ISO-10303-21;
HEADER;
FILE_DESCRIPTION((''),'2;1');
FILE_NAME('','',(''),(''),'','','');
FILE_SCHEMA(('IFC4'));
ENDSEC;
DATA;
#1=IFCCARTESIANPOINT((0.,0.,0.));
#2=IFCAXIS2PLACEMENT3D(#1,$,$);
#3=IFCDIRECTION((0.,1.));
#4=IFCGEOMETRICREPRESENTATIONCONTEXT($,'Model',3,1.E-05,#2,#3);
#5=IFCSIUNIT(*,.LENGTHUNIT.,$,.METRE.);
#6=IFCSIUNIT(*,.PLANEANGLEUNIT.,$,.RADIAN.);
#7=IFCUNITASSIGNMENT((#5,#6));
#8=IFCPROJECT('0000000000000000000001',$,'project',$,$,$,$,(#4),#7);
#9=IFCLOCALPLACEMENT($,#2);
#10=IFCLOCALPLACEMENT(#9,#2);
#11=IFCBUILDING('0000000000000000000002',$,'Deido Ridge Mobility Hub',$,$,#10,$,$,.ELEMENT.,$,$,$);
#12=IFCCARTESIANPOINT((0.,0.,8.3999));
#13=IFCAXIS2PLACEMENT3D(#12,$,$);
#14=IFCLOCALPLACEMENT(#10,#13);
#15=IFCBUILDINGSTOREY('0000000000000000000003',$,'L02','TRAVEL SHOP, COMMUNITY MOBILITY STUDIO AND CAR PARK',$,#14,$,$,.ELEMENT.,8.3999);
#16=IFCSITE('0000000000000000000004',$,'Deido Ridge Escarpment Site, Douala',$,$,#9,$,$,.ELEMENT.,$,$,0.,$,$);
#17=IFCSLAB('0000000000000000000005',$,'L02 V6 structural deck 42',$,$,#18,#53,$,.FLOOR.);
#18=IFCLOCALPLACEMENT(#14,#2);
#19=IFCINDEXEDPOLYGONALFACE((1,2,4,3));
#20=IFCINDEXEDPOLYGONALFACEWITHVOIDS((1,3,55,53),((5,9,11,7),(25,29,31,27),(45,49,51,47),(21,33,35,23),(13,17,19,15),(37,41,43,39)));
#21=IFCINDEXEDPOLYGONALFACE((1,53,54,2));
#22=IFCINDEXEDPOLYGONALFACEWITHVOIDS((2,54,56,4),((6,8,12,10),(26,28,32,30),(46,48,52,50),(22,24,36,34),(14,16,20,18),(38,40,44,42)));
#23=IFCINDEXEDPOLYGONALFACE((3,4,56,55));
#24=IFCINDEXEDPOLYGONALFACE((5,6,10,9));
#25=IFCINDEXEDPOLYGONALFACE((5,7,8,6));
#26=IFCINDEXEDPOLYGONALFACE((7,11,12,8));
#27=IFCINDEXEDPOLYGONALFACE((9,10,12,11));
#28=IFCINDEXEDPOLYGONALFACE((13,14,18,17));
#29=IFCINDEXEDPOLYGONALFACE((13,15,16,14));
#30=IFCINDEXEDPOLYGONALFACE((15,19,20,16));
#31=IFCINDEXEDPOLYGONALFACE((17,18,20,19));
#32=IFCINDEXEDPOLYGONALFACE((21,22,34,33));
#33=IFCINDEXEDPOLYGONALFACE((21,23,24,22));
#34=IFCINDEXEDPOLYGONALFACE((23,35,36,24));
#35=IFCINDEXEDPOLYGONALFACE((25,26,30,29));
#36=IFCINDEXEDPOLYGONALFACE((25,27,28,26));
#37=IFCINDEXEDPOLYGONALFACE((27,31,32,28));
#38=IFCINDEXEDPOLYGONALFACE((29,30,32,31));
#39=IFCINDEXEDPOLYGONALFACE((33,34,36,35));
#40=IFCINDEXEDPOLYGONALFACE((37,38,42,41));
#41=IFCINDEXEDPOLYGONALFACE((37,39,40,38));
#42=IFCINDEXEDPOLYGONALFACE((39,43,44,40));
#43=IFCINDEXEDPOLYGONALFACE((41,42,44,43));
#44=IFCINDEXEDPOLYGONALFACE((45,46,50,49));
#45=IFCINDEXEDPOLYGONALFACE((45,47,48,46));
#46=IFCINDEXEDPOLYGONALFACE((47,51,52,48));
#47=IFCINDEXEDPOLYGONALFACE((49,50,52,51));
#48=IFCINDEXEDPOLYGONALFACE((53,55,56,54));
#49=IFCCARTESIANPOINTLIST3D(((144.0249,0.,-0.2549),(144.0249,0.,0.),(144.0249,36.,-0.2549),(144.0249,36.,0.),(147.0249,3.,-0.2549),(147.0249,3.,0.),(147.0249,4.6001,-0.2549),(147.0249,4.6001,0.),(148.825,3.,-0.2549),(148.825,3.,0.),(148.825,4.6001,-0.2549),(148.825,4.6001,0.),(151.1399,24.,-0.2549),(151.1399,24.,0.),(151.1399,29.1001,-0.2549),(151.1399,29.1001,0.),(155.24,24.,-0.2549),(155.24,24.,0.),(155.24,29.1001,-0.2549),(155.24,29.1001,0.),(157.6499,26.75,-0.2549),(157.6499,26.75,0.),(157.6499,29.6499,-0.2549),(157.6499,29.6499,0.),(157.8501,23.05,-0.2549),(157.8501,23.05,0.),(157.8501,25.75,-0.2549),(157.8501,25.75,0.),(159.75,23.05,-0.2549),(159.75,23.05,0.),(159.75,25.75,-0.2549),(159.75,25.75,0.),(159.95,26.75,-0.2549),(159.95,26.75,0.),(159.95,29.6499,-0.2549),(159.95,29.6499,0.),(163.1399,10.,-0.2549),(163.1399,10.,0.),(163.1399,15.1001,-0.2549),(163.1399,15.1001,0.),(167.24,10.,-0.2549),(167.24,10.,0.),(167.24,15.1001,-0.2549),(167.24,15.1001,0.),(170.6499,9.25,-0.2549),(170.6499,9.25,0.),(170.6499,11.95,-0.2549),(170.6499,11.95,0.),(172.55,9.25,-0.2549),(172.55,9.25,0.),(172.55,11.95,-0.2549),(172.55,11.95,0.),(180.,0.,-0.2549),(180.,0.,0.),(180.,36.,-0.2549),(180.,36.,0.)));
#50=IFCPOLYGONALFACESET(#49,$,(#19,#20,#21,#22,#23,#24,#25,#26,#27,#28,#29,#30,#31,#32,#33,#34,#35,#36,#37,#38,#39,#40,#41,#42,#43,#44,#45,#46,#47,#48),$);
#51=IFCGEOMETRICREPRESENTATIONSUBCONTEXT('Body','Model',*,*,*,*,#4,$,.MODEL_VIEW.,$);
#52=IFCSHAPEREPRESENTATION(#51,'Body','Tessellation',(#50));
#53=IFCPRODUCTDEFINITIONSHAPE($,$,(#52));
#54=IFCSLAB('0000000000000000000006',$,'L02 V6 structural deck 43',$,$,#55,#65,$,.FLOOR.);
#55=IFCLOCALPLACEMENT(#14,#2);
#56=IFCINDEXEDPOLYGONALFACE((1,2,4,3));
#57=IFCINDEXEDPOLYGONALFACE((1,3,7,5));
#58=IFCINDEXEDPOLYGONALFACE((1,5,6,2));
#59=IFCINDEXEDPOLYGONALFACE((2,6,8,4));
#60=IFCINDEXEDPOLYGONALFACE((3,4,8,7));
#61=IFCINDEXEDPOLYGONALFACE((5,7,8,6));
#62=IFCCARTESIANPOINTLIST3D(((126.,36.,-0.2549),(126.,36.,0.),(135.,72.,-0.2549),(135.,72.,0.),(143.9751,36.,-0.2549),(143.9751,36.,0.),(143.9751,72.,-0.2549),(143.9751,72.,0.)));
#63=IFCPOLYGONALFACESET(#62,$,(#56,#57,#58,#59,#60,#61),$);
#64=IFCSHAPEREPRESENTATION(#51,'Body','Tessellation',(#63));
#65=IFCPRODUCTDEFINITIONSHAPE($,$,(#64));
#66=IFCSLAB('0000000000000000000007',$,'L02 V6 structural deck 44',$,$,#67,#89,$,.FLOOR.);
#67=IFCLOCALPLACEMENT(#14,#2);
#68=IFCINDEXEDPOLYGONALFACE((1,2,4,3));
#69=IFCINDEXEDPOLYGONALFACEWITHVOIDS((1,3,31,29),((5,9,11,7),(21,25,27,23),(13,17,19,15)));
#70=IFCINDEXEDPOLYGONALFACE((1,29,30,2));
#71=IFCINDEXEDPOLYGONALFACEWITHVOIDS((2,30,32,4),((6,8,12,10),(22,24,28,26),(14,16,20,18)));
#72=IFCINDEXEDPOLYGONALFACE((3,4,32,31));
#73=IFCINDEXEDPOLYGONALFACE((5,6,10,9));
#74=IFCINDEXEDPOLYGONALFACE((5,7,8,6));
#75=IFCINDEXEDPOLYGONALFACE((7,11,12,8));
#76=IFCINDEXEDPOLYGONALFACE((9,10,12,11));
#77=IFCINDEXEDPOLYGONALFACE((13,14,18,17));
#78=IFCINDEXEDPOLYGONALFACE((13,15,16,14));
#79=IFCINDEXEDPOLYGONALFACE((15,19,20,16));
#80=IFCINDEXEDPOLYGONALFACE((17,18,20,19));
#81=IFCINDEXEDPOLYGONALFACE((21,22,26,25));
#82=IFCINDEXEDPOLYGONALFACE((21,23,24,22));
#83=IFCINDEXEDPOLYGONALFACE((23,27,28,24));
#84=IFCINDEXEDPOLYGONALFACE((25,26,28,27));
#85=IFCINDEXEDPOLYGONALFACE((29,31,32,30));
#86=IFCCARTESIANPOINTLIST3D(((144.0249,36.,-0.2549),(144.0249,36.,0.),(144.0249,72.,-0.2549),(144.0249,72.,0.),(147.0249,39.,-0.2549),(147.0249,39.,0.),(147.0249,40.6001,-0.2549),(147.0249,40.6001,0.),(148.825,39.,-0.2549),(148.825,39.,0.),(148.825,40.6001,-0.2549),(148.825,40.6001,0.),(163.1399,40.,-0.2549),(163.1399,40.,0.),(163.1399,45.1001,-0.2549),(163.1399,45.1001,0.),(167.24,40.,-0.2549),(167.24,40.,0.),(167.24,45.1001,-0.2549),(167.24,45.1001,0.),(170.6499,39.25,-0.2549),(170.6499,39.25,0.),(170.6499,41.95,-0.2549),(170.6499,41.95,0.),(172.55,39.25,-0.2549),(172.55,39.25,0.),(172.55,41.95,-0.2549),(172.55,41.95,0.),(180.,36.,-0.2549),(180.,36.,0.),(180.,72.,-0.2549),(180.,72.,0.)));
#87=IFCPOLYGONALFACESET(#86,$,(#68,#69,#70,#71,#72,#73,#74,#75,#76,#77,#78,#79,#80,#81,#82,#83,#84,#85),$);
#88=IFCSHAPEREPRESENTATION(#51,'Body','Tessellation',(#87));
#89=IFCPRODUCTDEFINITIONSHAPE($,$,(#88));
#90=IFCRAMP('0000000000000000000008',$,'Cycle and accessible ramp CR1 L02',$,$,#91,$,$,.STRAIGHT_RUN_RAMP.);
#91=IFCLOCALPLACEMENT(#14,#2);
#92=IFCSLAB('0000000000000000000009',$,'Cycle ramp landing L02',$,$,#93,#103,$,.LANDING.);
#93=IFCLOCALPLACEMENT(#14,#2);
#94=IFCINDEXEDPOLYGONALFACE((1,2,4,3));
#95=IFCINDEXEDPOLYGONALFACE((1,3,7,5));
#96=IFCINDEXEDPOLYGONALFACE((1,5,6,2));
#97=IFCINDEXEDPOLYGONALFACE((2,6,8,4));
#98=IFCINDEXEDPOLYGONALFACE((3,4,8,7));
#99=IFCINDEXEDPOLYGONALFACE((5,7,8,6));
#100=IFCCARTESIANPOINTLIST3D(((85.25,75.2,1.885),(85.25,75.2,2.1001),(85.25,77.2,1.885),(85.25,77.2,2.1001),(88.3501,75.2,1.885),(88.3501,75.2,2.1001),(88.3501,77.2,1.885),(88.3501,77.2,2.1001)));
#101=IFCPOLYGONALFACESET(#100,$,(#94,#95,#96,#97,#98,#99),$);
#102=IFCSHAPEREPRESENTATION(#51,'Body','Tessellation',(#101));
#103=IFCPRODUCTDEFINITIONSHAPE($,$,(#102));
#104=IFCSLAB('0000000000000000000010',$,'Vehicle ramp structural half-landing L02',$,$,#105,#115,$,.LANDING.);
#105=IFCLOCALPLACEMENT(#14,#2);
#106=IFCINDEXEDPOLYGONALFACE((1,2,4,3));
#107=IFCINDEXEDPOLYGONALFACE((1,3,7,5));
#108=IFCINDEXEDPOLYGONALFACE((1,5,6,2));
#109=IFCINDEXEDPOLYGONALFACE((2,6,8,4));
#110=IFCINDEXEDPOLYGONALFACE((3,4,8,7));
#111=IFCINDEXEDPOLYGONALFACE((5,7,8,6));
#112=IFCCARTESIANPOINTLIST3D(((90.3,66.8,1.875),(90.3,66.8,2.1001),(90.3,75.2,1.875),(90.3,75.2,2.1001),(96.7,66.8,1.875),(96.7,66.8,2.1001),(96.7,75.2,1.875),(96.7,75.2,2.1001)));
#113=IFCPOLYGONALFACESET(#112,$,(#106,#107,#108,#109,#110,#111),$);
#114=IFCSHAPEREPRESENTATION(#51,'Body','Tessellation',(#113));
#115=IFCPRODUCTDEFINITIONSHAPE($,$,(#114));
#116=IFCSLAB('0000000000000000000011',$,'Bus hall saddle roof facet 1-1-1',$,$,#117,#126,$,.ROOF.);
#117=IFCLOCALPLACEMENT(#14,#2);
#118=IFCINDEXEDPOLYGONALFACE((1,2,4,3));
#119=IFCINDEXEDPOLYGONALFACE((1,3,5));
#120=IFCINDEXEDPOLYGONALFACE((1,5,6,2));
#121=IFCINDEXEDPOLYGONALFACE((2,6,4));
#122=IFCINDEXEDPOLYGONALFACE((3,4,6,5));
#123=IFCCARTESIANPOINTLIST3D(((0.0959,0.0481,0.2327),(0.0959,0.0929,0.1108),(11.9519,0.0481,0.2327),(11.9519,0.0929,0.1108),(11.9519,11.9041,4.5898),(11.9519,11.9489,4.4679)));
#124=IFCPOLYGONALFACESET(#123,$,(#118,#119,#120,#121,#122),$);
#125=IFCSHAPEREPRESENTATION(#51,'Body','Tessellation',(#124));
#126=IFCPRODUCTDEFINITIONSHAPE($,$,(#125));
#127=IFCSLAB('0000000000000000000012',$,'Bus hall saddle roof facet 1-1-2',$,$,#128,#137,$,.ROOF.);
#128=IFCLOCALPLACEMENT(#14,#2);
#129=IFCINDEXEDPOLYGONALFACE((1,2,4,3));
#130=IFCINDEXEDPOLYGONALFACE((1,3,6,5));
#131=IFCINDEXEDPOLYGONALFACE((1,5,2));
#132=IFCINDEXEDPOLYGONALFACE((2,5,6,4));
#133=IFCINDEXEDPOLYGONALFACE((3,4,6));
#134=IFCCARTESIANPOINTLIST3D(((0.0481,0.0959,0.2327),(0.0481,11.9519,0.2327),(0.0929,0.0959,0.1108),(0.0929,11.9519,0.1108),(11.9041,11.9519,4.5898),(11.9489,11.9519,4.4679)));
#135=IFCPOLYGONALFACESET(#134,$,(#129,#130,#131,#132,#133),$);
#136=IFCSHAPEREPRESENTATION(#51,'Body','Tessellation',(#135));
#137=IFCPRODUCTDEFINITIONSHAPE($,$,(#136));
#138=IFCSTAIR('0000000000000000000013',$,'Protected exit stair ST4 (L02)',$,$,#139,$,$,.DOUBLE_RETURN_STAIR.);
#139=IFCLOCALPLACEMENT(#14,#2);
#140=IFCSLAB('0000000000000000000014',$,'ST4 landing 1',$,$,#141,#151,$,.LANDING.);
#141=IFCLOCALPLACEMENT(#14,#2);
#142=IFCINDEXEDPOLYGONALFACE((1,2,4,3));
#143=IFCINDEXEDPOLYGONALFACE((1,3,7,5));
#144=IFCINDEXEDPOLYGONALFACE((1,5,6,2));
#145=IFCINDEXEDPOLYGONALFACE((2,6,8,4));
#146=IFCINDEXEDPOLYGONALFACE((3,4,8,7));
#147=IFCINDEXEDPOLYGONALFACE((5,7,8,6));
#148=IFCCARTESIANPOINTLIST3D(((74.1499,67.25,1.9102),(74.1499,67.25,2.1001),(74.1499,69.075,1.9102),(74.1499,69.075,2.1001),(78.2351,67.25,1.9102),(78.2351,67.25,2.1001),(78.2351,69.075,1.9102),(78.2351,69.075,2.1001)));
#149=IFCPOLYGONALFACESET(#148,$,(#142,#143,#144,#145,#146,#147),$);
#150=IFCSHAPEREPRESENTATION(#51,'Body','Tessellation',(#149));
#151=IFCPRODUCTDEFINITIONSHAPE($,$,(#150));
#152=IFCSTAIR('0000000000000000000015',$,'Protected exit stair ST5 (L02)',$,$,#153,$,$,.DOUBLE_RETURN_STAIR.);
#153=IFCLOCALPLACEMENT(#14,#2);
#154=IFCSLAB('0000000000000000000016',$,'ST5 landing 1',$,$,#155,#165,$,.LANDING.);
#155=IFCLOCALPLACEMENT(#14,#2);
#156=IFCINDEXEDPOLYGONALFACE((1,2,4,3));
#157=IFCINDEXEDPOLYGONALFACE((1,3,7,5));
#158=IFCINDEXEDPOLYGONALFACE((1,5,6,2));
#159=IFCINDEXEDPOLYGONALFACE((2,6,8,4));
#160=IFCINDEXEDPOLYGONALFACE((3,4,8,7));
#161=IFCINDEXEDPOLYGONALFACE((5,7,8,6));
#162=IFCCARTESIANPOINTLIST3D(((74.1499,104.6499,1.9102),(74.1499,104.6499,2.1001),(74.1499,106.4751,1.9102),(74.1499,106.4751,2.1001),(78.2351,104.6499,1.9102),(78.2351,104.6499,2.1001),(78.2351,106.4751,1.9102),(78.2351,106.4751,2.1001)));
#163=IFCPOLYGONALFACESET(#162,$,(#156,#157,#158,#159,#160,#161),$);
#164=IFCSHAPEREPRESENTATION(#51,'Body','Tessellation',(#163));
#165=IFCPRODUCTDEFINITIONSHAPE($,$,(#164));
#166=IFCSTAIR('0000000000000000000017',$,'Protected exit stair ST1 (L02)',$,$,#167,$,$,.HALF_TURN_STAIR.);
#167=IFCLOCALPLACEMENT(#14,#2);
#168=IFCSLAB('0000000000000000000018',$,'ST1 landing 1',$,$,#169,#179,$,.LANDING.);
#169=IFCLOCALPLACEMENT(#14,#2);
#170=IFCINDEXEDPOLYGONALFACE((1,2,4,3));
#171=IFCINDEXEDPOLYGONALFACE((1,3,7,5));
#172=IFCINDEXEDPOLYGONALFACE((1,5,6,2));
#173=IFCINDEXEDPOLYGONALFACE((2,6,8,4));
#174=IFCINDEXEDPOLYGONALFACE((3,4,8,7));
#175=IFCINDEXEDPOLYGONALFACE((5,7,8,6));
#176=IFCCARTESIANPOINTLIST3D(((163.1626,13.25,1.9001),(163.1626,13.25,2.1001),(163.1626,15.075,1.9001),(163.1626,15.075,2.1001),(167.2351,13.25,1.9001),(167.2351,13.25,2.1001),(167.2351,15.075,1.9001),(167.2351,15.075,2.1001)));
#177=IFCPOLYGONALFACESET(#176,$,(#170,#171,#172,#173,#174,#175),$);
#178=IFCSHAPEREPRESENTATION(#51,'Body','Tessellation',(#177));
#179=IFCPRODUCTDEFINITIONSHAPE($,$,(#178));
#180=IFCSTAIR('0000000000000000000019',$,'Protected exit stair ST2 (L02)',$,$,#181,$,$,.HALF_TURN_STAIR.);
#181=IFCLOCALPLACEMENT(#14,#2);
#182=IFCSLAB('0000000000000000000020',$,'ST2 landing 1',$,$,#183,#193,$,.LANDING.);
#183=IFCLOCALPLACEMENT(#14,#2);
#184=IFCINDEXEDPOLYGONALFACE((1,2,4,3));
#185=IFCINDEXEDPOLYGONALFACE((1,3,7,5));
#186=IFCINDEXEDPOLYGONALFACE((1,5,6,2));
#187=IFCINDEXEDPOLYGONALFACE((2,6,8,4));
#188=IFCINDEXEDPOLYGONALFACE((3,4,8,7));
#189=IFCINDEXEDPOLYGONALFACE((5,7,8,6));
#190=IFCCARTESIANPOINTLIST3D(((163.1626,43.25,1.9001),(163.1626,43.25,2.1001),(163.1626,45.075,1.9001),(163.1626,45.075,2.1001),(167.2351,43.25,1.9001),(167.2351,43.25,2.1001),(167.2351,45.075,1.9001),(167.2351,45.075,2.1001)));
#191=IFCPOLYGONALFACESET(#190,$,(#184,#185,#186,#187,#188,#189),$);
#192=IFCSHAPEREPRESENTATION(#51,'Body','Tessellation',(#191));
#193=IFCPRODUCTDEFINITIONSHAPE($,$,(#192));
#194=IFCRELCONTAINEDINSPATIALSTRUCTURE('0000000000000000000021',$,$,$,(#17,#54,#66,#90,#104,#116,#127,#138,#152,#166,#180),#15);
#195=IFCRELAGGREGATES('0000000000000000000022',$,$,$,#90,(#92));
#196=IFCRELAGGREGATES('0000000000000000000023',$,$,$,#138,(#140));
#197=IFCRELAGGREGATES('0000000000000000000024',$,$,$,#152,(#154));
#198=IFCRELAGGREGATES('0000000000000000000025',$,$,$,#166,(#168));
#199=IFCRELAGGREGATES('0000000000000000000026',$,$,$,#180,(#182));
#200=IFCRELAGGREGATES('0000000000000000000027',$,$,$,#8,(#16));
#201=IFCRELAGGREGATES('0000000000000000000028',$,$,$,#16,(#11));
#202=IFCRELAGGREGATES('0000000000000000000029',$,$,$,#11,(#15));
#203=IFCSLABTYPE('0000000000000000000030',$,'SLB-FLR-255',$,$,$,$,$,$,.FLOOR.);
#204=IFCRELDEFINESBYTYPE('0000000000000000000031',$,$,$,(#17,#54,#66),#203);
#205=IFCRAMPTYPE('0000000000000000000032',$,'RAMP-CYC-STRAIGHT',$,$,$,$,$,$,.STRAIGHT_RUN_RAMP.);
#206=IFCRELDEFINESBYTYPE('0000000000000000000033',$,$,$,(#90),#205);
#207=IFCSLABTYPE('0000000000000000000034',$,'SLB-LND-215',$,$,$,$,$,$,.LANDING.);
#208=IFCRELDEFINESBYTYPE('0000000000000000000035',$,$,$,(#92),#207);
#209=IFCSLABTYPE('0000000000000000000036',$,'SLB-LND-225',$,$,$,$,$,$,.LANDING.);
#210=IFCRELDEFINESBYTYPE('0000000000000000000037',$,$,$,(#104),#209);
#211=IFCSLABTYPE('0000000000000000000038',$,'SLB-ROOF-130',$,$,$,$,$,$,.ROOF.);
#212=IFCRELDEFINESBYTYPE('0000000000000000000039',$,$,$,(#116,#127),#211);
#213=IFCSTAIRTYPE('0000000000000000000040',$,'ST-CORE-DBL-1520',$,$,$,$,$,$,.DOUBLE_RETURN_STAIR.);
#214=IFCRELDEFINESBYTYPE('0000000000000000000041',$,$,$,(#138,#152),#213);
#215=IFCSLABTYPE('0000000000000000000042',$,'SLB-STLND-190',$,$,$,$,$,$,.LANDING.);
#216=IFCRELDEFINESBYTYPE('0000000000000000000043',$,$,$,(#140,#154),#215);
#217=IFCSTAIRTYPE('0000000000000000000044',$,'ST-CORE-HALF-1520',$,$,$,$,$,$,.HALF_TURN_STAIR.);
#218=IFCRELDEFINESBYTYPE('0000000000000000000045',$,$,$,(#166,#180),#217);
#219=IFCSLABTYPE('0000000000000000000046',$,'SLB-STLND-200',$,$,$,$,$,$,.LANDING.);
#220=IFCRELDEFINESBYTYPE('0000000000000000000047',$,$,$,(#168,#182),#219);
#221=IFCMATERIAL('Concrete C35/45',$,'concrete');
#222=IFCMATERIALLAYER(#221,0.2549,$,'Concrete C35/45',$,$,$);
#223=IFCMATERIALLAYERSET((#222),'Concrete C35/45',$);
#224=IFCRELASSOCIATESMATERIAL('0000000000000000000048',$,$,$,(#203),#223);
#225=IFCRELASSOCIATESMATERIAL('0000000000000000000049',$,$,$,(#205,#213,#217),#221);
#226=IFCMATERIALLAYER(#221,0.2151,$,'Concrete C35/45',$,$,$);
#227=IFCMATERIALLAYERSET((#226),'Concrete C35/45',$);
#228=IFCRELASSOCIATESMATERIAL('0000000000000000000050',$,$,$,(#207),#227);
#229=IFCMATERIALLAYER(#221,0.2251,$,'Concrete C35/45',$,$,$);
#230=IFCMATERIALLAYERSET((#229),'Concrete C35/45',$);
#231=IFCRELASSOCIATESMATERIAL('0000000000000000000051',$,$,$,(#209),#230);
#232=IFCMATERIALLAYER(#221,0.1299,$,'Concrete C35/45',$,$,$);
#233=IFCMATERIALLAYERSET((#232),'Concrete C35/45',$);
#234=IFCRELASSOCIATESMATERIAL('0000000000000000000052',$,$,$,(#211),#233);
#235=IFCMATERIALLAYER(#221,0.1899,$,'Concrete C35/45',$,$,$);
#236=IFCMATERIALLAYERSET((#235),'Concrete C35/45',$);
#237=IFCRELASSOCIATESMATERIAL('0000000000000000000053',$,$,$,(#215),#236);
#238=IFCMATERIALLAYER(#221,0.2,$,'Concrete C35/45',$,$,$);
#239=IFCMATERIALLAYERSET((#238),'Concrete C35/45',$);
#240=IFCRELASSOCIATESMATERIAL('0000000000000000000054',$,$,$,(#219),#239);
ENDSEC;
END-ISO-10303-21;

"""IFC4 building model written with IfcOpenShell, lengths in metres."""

from ifc_helpers import new_model, si_unit, direction, frame, origin, place, context, subcontext, project, spatial, polyline, outline, extrude, material, layer, layer_set, type_object, element, aggregate, save


model = new_model("IFC4")

# Units and contexts
model_context = context("Model", 3, precision=1e-05, world=origin(), true_north=direction((0.0, 1.0)))
body_context = subcontext(model_context, "Body", "Model", "MODEL_VIEW")
ifc_project = project(units=[si_unit("LENGTHUNIT", "METRE"), si_unit("PLANEANGLEUNIT", "RADIAN")], contexts=[model_context])

# Site, building, storey
site_placement = place(None, origin())
site = spatial("IfcSite", under=ifc_project, at=site_placement, Name="Deido Ridge Escarpment Site, Douala", CompositionType="ELEMENT", RefElevation=0.0)
building_placement = place(site_placement, origin())
building = spatial("IfcBuilding", under=site, at=building_placement, Name="Deido Ridge Mobility Hub", CompositionType="ELEMENT")
storey_placement = place(building_placement, frame((0.0, 0.0, 8.3999)))
storey = spatial("IfcBuildingStorey", under=building, at=storey_placement, Name="L02", Description="TRAVEL SHOP, COMMUNITY MOBILITY STUDIO AND CAR PARK", CompositionType="ELEMENT", Elevation=8.3999)

# Slabs
ifc_material_1 = material(Name="Concrete C35/45", Category="concrete")
ifc_layer_1 = layer(ifc_material_1, 0.2549, Name="Concrete C35/45")
ifc_layer_set_1 = layer_set([ifc_layer_1], Name="Concrete C35/45")
slab_type_1 = type_object("IfcSlabType", Name="SLB-FLR-255", PredefinedType="FLOOR", material=ifc_layer_set_1)
slab_1_placement = place(storey_placement, frame((0.0, 0.0, -0.2549)))
element("IfcSlab", 1, at=slab_1_placement, inside=storey, type_object=slab_type_1, Name="L02 V6 structural deck 42", PredefinedType="FLOOR", context=body_context, shape_type="SweptSolid", body=[
    extrude(outline(polyline([(180.0, 36.0), (180.0, 0.0), (144.0249, 0.0), (144.0249, 36.0), (180.0, 36.0)]), holes=[polyline([(147.0249, 3.0), (147.0249, 4.6001), (148.825, 4.6001), (148.825, 3.0), (147.0249, 3.0)]), polyline([(170.6499, 9.25), (170.6499, 11.95), (172.55, 11.95), (172.55, 9.25), (170.6499, 9.25)]), polyline([(163.1399, 15.1001), (167.24, 15.1001), (167.24, 10.0), (163.1399, 10.0), (163.1399, 15.1001)]), polyline([(157.8501, 25.75), (159.75, 25.75), (159.75, 23.05), (157.8501, 23.05), (157.8501, 25.75)]), polyline([(151.1399, 24.0), (151.1399, 29.1001), (155.24, 29.1001), (155.24, 24.0), (151.1399, 24.0)]), polyline([(157.6499, 26.75), (157.6499, 29.6499), (159.95, 29.6499), (159.95, 26.75), (157.6499, 26.75)])]), origin(), (0.0, 0.0, 1.0), 0.2549),
])
slab_2_placement = place(storey_placement, frame((0.0, 0.0, -0.2549)))
element("IfcSlab", 2, at=slab_2_placement, inside=storey, type_object=slab_type_1, Name="L02 V6 structural deck 43", PredefinedType="FLOOR", context=body_context, shape_type="SweptSolid", body=[
    extrude(outline(polyline([(143.9751, 72.0), (143.9751, 36.0), (126.0, 36.0), (135.0, 72.0), (143.9751, 72.0)])), origin(), (0.0, 0.0, 1.0), 0.2549),
])
slab_3_placement = place(storey_placement, frame((0.0, 0.0, -0.2549)))
element("IfcSlab", 3, at=slab_3_placement, inside=storey, type_object=slab_type_1, Name="L02 V6 structural deck 44", PredefinedType="FLOOR", context=body_context, shape_type="SweptSolid", body=[
    extrude(outline(polyline([(180.0, 72.0), (180.0, 36.0), (144.0249, 36.0), (144.0249, 72.0), (180.0, 72.0)]), holes=[polyline([(147.0249, 39.0), (147.0249, 40.6001), (148.825, 40.6001), (148.825, 39.0), (147.0249, 39.0)]), polyline([(170.6499, 39.25), (170.6499, 41.95), (172.55, 41.95), (172.55, 39.25), (170.6499, 39.25)]), polyline([(163.1399, 45.1001), (167.24, 45.1001), (167.24, 40.0), (163.1399, 40.0), (163.1399, 45.1001)])]), origin(), (0.0, 0.0, 1.0), 0.2549),
])

# Ramp, slab
ramp_type = type_object("IfcRampType", Name="RAMP-CYC-STRAIGHT", PredefinedType="STRAIGHT_RUN_RAMP", material=ifc_material_1)
ramp_placement = place(storey_placement, origin())
ramp = element("IfcRamp", 4, at=ramp_placement, inside=storey, type_object=ramp_type, Name="Cycle and accessible ramp CR1 L02", PredefinedType="STRAIGHT_RUN_RAMP")
ifc_layer_2 = layer(ifc_material_1, 0.2151, Name="Concrete C35/45")
ifc_layer_set_2 = layer_set([ifc_layer_2], Name="Concrete C35/45")
slab_type_2 = type_object("IfcSlabType", Name="SLB-LND-215", PredefinedType="LANDING", material=ifc_layer_set_2)
slab_4_placement = place(storey_placement, frame((0.0, 0.0, 1.885)))
slab_4 = element("IfcSlab", 5, at=slab_4_placement, type_object=slab_type_2, Name="Cycle ramp landing L02", PredefinedType="LANDING", context=body_context, shape_type="SweptSolid", body=[
    extrude(outline(polyline([(85.25, 75.2), (88.3501, 75.2), (88.3501, 77.2), (85.25, 77.2), (85.25, 75.2)])), origin(), (0.0, 0.0, 1.0), 0.2151),
])
aggregate(ramp, [slab_4])

# Slabs
ifc_layer_3 = layer(ifc_material_1, 0.2251, Name="Concrete C35/45")
ifc_layer_set_3 = layer_set([ifc_layer_3], Name="Concrete C35/45")
slab_type_3 = type_object("IfcSlabType", Name="SLB-LND-225", PredefinedType="LANDING", material=ifc_layer_set_3)
slab_5_placement = place(storey_placement, frame((0.0, 0.0, 1.875)))
element("IfcSlab", 6, at=slab_5_placement, inside=storey, type_object=slab_type_3, Name="Vehicle ramp structural half-landing L02", PredefinedType="LANDING", context=body_context, shape_type="SweptSolid", body=[
    extrude(outline(polyline([(90.3, 66.8), (96.7, 66.8), (96.7, 75.2), (90.3, 75.2), (90.3, 66.8)])), origin(), (0.0, 0.0, 1.0), 0.2251),
])
ifc_layer_4 = layer(ifc_material_1, 0.1299, Name="Concrete C35/45")
ifc_layer_set_4 = layer_set([ifc_layer_4], Name="Concrete C35/45")
slab_type_4 = type_object("IfcSlabType", Name="SLB-ROOF-130", PredefinedType="ROOF", material=ifc_layer_set_4)
slab_6_placement = place(storey_placement, frame((0.0959, 0.0481, 0.2327), z_axis=(0.0, -0.344952, 0.93862), x_axis=(1.0, 0.0, 0.0)))
element("IfcSlab", 7, at=slab_6_placement, inside=storey, type_object=slab_type_4, Name="Bus hall saddle roof facet 1-1-1", PredefinedType="ROOF", context=body_context, shape_type="SweptSolid", body=[
    extrude(outline(polyline([(0.0, 0.0), (11.856, 0.0), (11.856, 12.6313), (0.0, 0.0)])), origin(), (0.0, 0.0, -1.0), 0.1299),
])
slab_7_placement = place(storey_placement, frame((0.0481, 0.0959, 0.2327), z_axis=(-0.344952, 0.0, 0.93862), x_axis=(0.684376, 0.684376, 0.251515)))
element("IfcSlab", 8, at=slab_7_placement, inside=storey, type_object=slab_type_4, Name="Bus hall saddle roof facet 1-1-2", PredefinedType="ROOF", context=body_context, shape_type="SweptSolid", body=[
    extrude(outline(polyline([(0.0, 0.0), (17.3238, 0.0), (8.1139, 8.6445), (0.0, 0.0)])), origin(), (0.0, 0.0, -1.0), 0.1299),
])

# Stairs, slabs
stair_type_1 = type_object("IfcStairType", Name="ST-CORE-DBL-1520", PredefinedType="DOUBLE_RETURN_STAIR", material=ifc_material_1)
stair_1_placement = place(storey_placement, origin())
stair_1 = element("IfcStair", 9, at=stair_1_placement, inside=storey, type_object=stair_type_1, Name="Protected exit stair ST4 (L02)", PredefinedType="DOUBLE_RETURN_STAIR")
ifc_layer_5 = layer(ifc_material_1, 0.1899, Name="Concrete C35/45")
ifc_layer_set_5 = layer_set([ifc_layer_5], Name="Concrete C35/45")
slab_type_5 = type_object("IfcSlabType", Name="SLB-STLND-190", PredefinedType="LANDING", material=ifc_layer_set_5)
slab_8_placement = place(storey_placement, frame((0.0, 0.0, 1.9102)))
slab_8 = element("IfcSlab", 10, at=slab_8_placement, type_object=slab_type_5, Name="ST4 landing 1", PredefinedType="LANDING", context=body_context, shape_type="SweptSolid", body=[
    extrude(outline(polyline([(74.1499, 67.25), (78.2351, 67.25), (78.2351, 69.075), (74.1499, 69.075), (74.1499, 67.25)])), origin(), (0.0, 0.0, 1.0), 0.1899),
])
aggregate(stair_1, [slab_8])
stair_2_placement = place(storey_placement, origin())
stair_2 = element("IfcStair", 11, at=stair_2_placement, inside=storey, type_object=stair_type_1, Name="Protected exit stair ST5 (L02)", PredefinedType="DOUBLE_RETURN_STAIR")
slab_9_placement = place(storey_placement, frame((0.0, 0.0, 1.9102)))
slab_9 = element("IfcSlab", 12, at=slab_9_placement, type_object=slab_type_5, Name="ST5 landing 1", PredefinedType="LANDING", context=body_context, shape_type="SweptSolid", body=[
    extrude(outline(polyline([(74.1499, 104.6499), (78.2351, 104.6499), (78.2351, 106.4751), (74.1499, 106.4751), (74.1499, 104.6499)])), origin(), (0.0, 0.0, 1.0), 0.1899),
])
aggregate(stair_2, [slab_9])
stair_type_2 = type_object("IfcStairType", Name="ST-CORE-HALF-1520", PredefinedType="HALF_TURN_STAIR", material=ifc_material_1)
stair_3_placement = place(storey_placement, origin())
stair_3 = element("IfcStair", 13, at=stair_3_placement, inside=storey, type_object=stair_type_2, Name="Protected exit stair ST1 (L02)", PredefinedType="HALF_TURN_STAIR")
ifc_layer_6 = layer(ifc_material_1, 0.2, Name="Concrete C35/45")
ifc_layer_set_6 = layer_set([ifc_layer_6], Name="Concrete C35/45")
slab_type_6 = type_object("IfcSlabType", Name="SLB-STLND-200", PredefinedType="LANDING", material=ifc_layer_set_6)
slab_10_placement = place(storey_placement, frame((0.0, 0.0, 1.9001)))
slab_10 = element("IfcSlab", 14, at=slab_10_placement, type_object=slab_type_6, Name="ST1 landing 1", PredefinedType="LANDING", context=body_context, shape_type="SweptSolid", body=[
    extrude(outline(polyline([(163.1626, 13.25), (167.2351, 13.25), (167.2351, 15.075), (163.1626, 15.075), (163.1626, 13.25)])), origin(), (0.0, 0.0, 1.0), 0.2),
])
aggregate(stair_3, [slab_10])
stair_4_placement = place(storey_placement, origin())
stair_4 = element("IfcStair", 15, at=stair_4_placement, inside=storey, type_object=stair_type_2, Name="Protected exit stair ST2 (L02)", PredefinedType="HALF_TURN_STAIR")
slab_11_placement = place(storey_placement, frame((0.0, 0.0, 1.9001)))
slab_11 = element("IfcSlab", 16, at=slab_11_placement, type_object=slab_type_6, Name="ST2 landing 1", PredefinedType="LANDING", context=body_context, shape_type="SweptSolid", body=[
    extrude(outline(polyline([(163.1626, 43.25), (167.2351, 43.25), (167.2351, 45.075), (163.1626, 45.075), (163.1626, 43.25)])), origin(), (0.0, 0.0, 1.0), 0.2),
])
aggregate(stair_4, [slab_11])

save(model, "model.ifc")
